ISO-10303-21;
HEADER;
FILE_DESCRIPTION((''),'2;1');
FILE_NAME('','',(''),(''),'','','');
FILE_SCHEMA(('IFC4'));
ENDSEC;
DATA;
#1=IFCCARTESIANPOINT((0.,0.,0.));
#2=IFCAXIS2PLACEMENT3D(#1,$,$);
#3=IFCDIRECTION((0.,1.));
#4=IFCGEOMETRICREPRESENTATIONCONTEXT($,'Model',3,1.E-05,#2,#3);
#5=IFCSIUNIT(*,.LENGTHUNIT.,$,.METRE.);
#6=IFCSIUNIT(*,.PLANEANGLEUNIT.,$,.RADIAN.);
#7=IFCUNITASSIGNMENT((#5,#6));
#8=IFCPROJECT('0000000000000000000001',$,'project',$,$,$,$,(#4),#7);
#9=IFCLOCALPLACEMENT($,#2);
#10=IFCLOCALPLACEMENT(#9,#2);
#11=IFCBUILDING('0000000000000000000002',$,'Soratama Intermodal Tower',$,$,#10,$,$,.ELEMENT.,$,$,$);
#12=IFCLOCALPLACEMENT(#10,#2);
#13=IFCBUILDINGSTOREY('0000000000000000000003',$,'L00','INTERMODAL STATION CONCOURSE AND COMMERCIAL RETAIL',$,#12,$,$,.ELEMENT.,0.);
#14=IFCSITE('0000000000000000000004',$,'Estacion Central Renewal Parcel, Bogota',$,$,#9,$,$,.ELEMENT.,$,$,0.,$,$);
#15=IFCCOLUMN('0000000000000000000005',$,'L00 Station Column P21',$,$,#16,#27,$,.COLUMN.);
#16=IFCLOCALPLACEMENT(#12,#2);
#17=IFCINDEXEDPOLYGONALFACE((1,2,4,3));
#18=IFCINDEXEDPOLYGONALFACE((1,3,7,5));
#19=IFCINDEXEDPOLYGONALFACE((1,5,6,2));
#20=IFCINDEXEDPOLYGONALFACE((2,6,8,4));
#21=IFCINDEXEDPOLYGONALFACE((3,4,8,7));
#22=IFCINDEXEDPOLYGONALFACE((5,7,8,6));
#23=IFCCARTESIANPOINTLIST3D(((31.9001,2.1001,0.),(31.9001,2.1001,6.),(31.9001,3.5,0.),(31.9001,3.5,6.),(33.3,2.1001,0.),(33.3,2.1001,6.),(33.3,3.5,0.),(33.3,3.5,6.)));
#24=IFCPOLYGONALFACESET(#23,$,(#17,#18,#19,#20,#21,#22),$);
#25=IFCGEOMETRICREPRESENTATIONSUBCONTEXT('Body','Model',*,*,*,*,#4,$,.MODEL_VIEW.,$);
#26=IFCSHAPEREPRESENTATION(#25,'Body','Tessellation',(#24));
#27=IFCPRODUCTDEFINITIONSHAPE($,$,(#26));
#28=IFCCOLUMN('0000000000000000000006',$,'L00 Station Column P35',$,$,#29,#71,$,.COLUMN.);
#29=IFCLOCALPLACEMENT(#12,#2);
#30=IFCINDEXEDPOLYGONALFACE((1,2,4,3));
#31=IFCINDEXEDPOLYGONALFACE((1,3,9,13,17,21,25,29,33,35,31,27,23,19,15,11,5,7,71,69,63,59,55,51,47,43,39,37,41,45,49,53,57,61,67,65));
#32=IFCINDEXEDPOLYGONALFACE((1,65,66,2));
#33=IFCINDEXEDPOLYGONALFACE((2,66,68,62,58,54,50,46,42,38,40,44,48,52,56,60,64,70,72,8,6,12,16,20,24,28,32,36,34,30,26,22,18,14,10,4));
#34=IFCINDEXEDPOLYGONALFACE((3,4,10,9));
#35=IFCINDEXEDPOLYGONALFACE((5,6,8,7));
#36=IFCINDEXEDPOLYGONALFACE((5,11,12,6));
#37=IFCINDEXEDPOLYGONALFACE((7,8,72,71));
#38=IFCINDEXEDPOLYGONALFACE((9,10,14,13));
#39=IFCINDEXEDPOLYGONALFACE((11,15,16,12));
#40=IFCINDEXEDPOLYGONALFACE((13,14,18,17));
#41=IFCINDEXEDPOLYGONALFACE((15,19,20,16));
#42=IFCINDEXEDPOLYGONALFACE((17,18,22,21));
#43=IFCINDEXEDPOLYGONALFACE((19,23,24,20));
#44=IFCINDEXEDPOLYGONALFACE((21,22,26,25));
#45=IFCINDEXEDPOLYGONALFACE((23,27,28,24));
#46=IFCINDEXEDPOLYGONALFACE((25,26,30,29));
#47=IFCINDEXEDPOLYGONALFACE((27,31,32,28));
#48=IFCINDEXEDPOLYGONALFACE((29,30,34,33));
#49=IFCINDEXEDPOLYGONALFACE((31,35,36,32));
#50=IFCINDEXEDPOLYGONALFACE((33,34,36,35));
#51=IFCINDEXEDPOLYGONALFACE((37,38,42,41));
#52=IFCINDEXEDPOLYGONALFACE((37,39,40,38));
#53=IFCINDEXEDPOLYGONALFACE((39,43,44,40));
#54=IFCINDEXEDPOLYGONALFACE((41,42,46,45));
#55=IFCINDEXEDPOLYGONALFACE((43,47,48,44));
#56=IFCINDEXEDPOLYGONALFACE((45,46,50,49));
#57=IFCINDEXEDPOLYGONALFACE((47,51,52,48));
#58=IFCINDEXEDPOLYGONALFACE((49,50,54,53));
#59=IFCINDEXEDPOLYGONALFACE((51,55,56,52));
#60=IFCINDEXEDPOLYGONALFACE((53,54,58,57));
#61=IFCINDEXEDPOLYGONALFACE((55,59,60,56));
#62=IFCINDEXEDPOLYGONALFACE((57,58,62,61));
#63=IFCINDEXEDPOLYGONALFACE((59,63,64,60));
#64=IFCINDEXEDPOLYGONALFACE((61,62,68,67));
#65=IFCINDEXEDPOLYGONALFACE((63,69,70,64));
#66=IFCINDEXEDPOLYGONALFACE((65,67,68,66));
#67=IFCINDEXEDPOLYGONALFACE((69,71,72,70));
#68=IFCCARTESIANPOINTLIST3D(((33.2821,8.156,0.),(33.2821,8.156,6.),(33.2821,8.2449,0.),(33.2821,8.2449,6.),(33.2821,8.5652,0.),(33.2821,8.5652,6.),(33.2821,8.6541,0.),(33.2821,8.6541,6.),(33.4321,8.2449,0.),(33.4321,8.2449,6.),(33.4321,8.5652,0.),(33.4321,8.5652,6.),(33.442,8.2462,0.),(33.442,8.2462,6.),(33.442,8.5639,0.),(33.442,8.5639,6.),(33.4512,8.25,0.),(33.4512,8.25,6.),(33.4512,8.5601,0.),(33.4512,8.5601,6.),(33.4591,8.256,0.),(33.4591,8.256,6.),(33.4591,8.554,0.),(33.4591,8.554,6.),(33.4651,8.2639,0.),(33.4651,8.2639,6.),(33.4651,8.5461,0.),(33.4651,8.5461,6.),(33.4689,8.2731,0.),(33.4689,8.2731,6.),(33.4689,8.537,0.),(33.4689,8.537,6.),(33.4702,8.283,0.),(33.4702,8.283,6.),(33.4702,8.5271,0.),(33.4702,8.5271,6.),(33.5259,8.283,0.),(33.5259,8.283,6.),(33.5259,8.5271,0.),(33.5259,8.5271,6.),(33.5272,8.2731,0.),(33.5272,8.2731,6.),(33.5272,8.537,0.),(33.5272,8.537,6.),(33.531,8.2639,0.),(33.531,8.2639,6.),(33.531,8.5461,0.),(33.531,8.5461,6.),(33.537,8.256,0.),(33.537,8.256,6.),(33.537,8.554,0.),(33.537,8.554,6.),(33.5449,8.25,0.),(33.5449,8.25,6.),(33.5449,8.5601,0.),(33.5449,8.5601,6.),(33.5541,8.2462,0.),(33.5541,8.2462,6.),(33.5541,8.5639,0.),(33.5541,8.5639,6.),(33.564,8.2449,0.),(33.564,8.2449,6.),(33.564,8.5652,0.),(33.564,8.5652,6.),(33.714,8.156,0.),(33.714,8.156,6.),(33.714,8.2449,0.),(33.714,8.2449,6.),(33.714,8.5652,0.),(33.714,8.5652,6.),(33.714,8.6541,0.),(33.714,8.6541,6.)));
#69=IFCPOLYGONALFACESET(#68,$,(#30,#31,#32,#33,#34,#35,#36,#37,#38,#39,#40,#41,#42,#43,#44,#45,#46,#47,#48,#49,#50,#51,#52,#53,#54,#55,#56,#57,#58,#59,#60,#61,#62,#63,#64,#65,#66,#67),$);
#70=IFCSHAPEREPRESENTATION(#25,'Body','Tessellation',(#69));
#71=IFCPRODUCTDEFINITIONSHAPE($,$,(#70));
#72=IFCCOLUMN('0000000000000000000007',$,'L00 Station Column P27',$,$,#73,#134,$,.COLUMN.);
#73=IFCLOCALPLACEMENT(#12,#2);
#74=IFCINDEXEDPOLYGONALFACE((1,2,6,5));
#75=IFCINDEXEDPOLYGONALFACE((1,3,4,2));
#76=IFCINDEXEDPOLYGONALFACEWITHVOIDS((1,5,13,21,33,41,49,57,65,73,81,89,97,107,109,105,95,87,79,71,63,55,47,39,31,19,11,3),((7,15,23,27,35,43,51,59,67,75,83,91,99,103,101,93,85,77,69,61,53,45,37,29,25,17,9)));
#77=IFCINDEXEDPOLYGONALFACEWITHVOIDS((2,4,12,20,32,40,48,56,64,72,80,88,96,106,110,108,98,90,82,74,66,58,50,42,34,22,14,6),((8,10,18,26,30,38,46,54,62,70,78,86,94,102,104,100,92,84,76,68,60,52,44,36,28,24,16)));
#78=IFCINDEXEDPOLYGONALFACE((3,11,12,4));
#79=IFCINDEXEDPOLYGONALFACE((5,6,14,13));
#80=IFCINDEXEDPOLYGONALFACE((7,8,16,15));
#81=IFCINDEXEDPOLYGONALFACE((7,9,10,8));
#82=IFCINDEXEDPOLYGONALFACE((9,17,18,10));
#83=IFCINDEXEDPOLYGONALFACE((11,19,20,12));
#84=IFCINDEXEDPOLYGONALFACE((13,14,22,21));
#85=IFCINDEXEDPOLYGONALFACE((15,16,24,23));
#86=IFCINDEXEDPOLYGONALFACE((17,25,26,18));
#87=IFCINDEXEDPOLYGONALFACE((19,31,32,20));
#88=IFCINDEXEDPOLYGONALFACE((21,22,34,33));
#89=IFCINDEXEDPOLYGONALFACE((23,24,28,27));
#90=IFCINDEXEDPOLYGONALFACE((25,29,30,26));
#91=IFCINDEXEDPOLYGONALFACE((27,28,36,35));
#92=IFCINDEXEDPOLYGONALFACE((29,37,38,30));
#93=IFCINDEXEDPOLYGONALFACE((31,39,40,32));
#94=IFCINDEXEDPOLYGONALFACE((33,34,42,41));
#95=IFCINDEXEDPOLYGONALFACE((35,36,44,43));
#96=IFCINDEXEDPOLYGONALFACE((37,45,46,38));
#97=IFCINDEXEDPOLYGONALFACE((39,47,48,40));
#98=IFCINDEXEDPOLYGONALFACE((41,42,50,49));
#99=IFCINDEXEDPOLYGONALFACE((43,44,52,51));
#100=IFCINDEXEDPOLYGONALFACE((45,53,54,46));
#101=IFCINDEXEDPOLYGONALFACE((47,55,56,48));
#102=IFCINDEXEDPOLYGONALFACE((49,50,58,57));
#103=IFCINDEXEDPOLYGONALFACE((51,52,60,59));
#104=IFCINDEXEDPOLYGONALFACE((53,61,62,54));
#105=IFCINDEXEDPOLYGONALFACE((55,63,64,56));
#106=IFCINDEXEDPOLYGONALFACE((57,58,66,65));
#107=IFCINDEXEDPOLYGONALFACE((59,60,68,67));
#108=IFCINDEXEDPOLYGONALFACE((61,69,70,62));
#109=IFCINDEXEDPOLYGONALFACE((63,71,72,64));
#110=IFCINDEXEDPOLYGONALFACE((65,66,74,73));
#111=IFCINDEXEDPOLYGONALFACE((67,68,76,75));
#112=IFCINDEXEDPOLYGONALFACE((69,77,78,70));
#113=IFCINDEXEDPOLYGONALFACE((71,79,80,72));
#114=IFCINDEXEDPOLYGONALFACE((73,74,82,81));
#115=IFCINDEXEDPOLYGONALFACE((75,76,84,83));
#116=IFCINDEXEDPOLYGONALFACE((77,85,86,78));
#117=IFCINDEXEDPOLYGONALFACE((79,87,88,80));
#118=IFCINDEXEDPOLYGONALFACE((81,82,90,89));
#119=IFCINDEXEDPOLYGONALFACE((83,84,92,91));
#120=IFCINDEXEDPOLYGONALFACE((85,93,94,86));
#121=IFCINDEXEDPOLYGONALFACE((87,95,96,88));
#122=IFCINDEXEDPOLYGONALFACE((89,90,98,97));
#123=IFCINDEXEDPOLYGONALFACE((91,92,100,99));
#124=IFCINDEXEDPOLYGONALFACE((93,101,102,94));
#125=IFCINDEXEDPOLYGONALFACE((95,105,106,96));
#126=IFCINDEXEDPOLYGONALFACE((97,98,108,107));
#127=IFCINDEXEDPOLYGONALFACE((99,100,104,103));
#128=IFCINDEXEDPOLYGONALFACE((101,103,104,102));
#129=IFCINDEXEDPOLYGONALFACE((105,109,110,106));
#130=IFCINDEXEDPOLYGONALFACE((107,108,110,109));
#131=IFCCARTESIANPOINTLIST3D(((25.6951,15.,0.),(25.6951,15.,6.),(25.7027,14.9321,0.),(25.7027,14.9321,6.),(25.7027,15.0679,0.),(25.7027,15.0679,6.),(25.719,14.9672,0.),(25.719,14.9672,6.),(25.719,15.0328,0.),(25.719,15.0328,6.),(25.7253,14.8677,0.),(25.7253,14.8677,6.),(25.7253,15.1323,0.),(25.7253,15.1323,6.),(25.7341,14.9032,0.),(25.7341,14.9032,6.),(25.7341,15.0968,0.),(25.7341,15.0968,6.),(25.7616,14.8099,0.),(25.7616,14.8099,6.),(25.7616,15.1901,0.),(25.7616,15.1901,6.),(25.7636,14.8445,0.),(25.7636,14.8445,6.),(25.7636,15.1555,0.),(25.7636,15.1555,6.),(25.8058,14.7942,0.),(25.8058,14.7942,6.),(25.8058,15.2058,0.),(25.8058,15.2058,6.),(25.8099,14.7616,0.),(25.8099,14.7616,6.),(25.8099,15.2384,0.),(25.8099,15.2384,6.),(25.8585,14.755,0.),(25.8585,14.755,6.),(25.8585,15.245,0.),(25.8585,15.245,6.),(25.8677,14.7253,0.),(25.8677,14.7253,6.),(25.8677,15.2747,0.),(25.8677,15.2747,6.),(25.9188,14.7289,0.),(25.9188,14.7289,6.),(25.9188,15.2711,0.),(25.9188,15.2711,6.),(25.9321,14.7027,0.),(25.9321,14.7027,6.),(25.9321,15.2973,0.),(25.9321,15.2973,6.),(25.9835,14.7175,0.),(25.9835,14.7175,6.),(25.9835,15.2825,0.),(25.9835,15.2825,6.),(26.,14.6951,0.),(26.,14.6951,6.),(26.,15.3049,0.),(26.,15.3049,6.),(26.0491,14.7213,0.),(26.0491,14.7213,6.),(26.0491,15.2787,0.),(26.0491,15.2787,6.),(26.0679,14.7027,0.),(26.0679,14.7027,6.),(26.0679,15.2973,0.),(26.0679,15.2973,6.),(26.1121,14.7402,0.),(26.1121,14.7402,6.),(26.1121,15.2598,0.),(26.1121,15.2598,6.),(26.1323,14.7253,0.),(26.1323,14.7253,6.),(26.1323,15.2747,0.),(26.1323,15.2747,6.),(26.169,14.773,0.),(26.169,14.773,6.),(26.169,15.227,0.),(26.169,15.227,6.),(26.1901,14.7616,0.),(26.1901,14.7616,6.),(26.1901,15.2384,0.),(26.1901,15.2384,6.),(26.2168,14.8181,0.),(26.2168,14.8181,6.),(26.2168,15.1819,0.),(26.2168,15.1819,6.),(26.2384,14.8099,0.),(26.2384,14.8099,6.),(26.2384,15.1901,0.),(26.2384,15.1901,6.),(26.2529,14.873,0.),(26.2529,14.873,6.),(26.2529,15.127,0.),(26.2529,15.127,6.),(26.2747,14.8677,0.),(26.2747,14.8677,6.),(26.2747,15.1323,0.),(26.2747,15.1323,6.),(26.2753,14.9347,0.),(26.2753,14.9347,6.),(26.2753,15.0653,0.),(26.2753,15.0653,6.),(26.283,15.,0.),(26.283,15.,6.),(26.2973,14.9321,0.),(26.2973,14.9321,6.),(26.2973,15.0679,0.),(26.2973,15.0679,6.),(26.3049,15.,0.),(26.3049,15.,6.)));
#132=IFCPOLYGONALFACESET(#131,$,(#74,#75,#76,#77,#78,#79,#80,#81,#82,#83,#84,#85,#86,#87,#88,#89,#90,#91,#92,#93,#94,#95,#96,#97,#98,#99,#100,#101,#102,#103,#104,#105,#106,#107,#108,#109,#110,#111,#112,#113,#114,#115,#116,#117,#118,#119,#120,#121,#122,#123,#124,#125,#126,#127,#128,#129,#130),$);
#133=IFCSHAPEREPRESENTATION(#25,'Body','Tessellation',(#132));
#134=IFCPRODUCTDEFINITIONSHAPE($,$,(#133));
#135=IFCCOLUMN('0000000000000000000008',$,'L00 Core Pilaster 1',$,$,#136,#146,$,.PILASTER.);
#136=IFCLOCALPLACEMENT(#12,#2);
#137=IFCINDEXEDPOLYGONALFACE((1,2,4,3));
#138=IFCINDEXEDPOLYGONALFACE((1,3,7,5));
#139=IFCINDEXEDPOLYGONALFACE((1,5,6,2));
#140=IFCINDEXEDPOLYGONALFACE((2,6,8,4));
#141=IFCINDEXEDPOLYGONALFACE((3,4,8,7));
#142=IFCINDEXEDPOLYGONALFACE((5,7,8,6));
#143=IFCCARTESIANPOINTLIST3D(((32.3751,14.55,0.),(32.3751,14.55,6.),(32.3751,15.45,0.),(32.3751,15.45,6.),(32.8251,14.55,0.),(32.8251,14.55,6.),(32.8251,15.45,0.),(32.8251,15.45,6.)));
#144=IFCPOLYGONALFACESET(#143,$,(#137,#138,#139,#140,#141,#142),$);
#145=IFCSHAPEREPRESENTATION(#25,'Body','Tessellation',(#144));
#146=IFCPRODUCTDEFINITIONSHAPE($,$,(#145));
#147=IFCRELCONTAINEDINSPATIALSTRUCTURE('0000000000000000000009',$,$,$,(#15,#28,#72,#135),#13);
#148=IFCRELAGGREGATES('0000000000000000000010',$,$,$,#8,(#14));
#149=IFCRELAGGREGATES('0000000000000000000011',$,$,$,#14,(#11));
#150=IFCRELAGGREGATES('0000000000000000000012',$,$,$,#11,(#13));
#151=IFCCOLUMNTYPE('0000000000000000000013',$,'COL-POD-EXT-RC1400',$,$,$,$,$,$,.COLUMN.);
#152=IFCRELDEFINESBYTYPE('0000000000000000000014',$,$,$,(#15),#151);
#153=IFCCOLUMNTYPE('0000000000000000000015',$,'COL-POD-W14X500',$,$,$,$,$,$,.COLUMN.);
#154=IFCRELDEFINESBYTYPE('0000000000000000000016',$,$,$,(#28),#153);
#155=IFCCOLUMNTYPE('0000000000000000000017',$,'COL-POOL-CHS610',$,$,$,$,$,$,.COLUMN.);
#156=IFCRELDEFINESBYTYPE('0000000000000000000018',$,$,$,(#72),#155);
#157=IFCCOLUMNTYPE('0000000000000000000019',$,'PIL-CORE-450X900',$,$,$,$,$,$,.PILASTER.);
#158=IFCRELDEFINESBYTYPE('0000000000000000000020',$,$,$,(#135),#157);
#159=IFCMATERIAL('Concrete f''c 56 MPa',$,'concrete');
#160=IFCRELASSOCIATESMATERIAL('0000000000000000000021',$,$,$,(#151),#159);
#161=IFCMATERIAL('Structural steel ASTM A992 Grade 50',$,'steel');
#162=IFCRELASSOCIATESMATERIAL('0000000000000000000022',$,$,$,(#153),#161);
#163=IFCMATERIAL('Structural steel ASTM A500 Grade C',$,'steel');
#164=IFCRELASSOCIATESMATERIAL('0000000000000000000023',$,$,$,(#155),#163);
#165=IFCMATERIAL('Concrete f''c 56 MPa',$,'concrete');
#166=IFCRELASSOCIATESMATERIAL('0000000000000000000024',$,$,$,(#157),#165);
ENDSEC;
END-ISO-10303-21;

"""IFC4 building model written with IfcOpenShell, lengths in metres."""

from ifc_helpers import new_model, si_unit, direction, frame, origin, origin_2d, place, context, subcontext, project, spatial, rectangle, hollow_circle, i_section, extrude, material, material_profile, profile_set, type_object, element, save


model = new_model("IFC4")

# Units and contexts
model_context = context("Model", 3, precision=1e-05, world=origin(), true_north=direction((0.0, 1.0)))
body_context = subcontext(model_context, "Body", "Model", "MODEL_VIEW")
ifc_project = project(units=[si_unit("LENGTHUNIT", "METRE"), si_unit("PLANEANGLEUNIT", "RADIAN")], contexts=[model_context])

# Site, building, storey
site_placement = place(None, origin())
site = spatial("IfcSite", under=ifc_project, at=site_placement, Name="Estacion Central Renewal Parcel, Bogota", CompositionType="ELEMENT", RefElevation=0.0)
building_placement = place(site_placement, origin())
building = spatial("IfcBuilding", under=site, at=building_placement, Name="Soratama Intermodal Tower", CompositionType="ELEMENT")
storey_placement = place(building_placement, origin())
storey = spatial("IfcBuildingStorey", under=building, at=storey_placement, Name="L00", Description="INTERMODAL STATION CONCOURSE AND COMMERCIAL RETAIL", CompositionType="ELEMENT", Elevation=0.0)

# Columns
ifc_material_1 = material(Name="Concrete f'c 56 MPa", Category="concrete")
ifc_material_profile_1 = material_profile(ifc_material_1, rectangle(XDim=1.3999, YDim=1.3999, at=origin_2d()), Name="RC1400X1400")
ifc_profile_set_1 = profile_set([ifc_material_profile_1], Name="Concrete f'c 56 MPa")
column_type_1 = type_object("IfcColumnType", Name="COL-POD-EXT-RC1400", PredefinedType="COLUMN", material=ifc_profile_set_1)
column_1_placement = place(storey_placement, frame((32.6001, 2.8, 0.0), z_axis=(0.0, 0.0, 1.0), x_axis=(1.0, 0.0, 0.0)))
element("IfcColumn", 1, at=column_1_placement, inside=storey, type_object=column_type_1, Name="L00 Station Column P21", PredefinedType="COLUMN", context=body_context, shape_type="SweptSolid", body=[
    extrude(rectangle(XDim=1.3999, YDim=1.3999, at=origin_2d()), origin(), (0.0, 0.0, 1.0), 6.0),
])
ifc_material_2 = material(Name="Structural steel ASTM A992 Grade 50", Category="steel")
ifc_material_profile_2 = material_profile(ifc_material_2, i_section(OverallWidth=0.4319, OverallDepth=0.498, WebThickness=0.0557, FlangeThickness=0.0889, FilletRadius=0.0381, at=origin_2d()), Name="W14X500")
ifc_profile_set_2 = profile_set([ifc_material_profile_2], Name="Structural steel ASTM A992 Grade 50")
column_type_2 = type_object("IfcColumnType", Name="COL-POD-W14X500", PredefinedType="COLUMN", material=ifc_profile_set_2)
column_2_placement = place(storey_placement, frame((33.498, 8.405, 0.0), z_axis=(0.0, 0.0, 1.0), x_axis=(1.0, 0.0, 0.0)))
element("IfcColumn", 2, at=column_2_placement, inside=storey, type_object=column_type_2, Name="L00 Station Column P35", PredefinedType="COLUMN", context=body_context, shape_type="SweptSolid", body=[
    extrude(i_section(OverallWidth=0.4319, OverallDepth=0.498, WebThickness=0.0557, FlangeThickness=0.0889, FilletRadius=0.0381, at=origin_2d()), origin(), (0.0, 0.0, 1.0), 6.0),
])
ifc_material_3 = material(Name="Structural steel ASTM A500 Grade C", Category="steel")
ifc_material_profile_3 = material_profile(ifc_material_3, hollow_circle(Radius=0.3049, WallThickness=0.022, at=origin_2d()), Name="CHS610X22")
ifc_profile_set_3 = profile_set([ifc_material_profile_3], Name="Structural steel ASTM A500 Grade C")
column_type_3 = type_object("IfcColumnType", Name="COL-POOL-CHS610", PredefinedType="COLUMN", material=ifc_profile_set_3)
column_3_placement = place(storey_placement, frame((26.0, 15.0, 0.0), z_axis=(0.0, 0.0, 1.0), x_axis=(1.0, 0.0, 0.0)))
element("IfcColumn", 3, at=column_3_placement, inside=storey, type_object=column_type_3, Name="L00 Station Column P27", PredefinedType="COLUMN", context=body_context, shape_type="SweptSolid", body=[
    extrude(hollow_circle(Radius=0.3049, WallThickness=0.022, at=origin_2d()), origin(), (0.0, 0.0, 1.0), 6.0),
])
ifc_material_4 = material(Name="Concrete f'c 56 MPa", Category="concrete")
ifc_material_profile_4 = material_profile(ifc_material_4, rectangle(XDim=0.45, YDim=0.8999, at=origin_2d()), Name="RC450X900")
ifc_profile_set_4 = profile_set([ifc_material_profile_4], Name="Concrete f'c 56 MPa")
column_type_4 = type_object("IfcColumnType", Name="PIL-CORE-450X900", PredefinedType="PILASTER", material=ifc_profile_set_4)
column_4_placement = place(storey_placement, frame((32.6001, 15.0, 0.0), z_axis=(0.0, 0.0, 1.0), x_axis=(1.0, 0.0, 0.0)))
element("IfcColumn", 4, at=column_4_placement, inside=storey, type_object=column_type_4, Name="L00 Core Pilaster 1", PredefinedType="PILASTER", context=body_context, shape_type="SweptSolid", body=[
    extrude(rectangle(XDim=0.45, YDim=0.8999, at=origin_2d()), origin(), (0.0, 0.0, 1.0), 6.0),
])

save(model, "model.ifc")
